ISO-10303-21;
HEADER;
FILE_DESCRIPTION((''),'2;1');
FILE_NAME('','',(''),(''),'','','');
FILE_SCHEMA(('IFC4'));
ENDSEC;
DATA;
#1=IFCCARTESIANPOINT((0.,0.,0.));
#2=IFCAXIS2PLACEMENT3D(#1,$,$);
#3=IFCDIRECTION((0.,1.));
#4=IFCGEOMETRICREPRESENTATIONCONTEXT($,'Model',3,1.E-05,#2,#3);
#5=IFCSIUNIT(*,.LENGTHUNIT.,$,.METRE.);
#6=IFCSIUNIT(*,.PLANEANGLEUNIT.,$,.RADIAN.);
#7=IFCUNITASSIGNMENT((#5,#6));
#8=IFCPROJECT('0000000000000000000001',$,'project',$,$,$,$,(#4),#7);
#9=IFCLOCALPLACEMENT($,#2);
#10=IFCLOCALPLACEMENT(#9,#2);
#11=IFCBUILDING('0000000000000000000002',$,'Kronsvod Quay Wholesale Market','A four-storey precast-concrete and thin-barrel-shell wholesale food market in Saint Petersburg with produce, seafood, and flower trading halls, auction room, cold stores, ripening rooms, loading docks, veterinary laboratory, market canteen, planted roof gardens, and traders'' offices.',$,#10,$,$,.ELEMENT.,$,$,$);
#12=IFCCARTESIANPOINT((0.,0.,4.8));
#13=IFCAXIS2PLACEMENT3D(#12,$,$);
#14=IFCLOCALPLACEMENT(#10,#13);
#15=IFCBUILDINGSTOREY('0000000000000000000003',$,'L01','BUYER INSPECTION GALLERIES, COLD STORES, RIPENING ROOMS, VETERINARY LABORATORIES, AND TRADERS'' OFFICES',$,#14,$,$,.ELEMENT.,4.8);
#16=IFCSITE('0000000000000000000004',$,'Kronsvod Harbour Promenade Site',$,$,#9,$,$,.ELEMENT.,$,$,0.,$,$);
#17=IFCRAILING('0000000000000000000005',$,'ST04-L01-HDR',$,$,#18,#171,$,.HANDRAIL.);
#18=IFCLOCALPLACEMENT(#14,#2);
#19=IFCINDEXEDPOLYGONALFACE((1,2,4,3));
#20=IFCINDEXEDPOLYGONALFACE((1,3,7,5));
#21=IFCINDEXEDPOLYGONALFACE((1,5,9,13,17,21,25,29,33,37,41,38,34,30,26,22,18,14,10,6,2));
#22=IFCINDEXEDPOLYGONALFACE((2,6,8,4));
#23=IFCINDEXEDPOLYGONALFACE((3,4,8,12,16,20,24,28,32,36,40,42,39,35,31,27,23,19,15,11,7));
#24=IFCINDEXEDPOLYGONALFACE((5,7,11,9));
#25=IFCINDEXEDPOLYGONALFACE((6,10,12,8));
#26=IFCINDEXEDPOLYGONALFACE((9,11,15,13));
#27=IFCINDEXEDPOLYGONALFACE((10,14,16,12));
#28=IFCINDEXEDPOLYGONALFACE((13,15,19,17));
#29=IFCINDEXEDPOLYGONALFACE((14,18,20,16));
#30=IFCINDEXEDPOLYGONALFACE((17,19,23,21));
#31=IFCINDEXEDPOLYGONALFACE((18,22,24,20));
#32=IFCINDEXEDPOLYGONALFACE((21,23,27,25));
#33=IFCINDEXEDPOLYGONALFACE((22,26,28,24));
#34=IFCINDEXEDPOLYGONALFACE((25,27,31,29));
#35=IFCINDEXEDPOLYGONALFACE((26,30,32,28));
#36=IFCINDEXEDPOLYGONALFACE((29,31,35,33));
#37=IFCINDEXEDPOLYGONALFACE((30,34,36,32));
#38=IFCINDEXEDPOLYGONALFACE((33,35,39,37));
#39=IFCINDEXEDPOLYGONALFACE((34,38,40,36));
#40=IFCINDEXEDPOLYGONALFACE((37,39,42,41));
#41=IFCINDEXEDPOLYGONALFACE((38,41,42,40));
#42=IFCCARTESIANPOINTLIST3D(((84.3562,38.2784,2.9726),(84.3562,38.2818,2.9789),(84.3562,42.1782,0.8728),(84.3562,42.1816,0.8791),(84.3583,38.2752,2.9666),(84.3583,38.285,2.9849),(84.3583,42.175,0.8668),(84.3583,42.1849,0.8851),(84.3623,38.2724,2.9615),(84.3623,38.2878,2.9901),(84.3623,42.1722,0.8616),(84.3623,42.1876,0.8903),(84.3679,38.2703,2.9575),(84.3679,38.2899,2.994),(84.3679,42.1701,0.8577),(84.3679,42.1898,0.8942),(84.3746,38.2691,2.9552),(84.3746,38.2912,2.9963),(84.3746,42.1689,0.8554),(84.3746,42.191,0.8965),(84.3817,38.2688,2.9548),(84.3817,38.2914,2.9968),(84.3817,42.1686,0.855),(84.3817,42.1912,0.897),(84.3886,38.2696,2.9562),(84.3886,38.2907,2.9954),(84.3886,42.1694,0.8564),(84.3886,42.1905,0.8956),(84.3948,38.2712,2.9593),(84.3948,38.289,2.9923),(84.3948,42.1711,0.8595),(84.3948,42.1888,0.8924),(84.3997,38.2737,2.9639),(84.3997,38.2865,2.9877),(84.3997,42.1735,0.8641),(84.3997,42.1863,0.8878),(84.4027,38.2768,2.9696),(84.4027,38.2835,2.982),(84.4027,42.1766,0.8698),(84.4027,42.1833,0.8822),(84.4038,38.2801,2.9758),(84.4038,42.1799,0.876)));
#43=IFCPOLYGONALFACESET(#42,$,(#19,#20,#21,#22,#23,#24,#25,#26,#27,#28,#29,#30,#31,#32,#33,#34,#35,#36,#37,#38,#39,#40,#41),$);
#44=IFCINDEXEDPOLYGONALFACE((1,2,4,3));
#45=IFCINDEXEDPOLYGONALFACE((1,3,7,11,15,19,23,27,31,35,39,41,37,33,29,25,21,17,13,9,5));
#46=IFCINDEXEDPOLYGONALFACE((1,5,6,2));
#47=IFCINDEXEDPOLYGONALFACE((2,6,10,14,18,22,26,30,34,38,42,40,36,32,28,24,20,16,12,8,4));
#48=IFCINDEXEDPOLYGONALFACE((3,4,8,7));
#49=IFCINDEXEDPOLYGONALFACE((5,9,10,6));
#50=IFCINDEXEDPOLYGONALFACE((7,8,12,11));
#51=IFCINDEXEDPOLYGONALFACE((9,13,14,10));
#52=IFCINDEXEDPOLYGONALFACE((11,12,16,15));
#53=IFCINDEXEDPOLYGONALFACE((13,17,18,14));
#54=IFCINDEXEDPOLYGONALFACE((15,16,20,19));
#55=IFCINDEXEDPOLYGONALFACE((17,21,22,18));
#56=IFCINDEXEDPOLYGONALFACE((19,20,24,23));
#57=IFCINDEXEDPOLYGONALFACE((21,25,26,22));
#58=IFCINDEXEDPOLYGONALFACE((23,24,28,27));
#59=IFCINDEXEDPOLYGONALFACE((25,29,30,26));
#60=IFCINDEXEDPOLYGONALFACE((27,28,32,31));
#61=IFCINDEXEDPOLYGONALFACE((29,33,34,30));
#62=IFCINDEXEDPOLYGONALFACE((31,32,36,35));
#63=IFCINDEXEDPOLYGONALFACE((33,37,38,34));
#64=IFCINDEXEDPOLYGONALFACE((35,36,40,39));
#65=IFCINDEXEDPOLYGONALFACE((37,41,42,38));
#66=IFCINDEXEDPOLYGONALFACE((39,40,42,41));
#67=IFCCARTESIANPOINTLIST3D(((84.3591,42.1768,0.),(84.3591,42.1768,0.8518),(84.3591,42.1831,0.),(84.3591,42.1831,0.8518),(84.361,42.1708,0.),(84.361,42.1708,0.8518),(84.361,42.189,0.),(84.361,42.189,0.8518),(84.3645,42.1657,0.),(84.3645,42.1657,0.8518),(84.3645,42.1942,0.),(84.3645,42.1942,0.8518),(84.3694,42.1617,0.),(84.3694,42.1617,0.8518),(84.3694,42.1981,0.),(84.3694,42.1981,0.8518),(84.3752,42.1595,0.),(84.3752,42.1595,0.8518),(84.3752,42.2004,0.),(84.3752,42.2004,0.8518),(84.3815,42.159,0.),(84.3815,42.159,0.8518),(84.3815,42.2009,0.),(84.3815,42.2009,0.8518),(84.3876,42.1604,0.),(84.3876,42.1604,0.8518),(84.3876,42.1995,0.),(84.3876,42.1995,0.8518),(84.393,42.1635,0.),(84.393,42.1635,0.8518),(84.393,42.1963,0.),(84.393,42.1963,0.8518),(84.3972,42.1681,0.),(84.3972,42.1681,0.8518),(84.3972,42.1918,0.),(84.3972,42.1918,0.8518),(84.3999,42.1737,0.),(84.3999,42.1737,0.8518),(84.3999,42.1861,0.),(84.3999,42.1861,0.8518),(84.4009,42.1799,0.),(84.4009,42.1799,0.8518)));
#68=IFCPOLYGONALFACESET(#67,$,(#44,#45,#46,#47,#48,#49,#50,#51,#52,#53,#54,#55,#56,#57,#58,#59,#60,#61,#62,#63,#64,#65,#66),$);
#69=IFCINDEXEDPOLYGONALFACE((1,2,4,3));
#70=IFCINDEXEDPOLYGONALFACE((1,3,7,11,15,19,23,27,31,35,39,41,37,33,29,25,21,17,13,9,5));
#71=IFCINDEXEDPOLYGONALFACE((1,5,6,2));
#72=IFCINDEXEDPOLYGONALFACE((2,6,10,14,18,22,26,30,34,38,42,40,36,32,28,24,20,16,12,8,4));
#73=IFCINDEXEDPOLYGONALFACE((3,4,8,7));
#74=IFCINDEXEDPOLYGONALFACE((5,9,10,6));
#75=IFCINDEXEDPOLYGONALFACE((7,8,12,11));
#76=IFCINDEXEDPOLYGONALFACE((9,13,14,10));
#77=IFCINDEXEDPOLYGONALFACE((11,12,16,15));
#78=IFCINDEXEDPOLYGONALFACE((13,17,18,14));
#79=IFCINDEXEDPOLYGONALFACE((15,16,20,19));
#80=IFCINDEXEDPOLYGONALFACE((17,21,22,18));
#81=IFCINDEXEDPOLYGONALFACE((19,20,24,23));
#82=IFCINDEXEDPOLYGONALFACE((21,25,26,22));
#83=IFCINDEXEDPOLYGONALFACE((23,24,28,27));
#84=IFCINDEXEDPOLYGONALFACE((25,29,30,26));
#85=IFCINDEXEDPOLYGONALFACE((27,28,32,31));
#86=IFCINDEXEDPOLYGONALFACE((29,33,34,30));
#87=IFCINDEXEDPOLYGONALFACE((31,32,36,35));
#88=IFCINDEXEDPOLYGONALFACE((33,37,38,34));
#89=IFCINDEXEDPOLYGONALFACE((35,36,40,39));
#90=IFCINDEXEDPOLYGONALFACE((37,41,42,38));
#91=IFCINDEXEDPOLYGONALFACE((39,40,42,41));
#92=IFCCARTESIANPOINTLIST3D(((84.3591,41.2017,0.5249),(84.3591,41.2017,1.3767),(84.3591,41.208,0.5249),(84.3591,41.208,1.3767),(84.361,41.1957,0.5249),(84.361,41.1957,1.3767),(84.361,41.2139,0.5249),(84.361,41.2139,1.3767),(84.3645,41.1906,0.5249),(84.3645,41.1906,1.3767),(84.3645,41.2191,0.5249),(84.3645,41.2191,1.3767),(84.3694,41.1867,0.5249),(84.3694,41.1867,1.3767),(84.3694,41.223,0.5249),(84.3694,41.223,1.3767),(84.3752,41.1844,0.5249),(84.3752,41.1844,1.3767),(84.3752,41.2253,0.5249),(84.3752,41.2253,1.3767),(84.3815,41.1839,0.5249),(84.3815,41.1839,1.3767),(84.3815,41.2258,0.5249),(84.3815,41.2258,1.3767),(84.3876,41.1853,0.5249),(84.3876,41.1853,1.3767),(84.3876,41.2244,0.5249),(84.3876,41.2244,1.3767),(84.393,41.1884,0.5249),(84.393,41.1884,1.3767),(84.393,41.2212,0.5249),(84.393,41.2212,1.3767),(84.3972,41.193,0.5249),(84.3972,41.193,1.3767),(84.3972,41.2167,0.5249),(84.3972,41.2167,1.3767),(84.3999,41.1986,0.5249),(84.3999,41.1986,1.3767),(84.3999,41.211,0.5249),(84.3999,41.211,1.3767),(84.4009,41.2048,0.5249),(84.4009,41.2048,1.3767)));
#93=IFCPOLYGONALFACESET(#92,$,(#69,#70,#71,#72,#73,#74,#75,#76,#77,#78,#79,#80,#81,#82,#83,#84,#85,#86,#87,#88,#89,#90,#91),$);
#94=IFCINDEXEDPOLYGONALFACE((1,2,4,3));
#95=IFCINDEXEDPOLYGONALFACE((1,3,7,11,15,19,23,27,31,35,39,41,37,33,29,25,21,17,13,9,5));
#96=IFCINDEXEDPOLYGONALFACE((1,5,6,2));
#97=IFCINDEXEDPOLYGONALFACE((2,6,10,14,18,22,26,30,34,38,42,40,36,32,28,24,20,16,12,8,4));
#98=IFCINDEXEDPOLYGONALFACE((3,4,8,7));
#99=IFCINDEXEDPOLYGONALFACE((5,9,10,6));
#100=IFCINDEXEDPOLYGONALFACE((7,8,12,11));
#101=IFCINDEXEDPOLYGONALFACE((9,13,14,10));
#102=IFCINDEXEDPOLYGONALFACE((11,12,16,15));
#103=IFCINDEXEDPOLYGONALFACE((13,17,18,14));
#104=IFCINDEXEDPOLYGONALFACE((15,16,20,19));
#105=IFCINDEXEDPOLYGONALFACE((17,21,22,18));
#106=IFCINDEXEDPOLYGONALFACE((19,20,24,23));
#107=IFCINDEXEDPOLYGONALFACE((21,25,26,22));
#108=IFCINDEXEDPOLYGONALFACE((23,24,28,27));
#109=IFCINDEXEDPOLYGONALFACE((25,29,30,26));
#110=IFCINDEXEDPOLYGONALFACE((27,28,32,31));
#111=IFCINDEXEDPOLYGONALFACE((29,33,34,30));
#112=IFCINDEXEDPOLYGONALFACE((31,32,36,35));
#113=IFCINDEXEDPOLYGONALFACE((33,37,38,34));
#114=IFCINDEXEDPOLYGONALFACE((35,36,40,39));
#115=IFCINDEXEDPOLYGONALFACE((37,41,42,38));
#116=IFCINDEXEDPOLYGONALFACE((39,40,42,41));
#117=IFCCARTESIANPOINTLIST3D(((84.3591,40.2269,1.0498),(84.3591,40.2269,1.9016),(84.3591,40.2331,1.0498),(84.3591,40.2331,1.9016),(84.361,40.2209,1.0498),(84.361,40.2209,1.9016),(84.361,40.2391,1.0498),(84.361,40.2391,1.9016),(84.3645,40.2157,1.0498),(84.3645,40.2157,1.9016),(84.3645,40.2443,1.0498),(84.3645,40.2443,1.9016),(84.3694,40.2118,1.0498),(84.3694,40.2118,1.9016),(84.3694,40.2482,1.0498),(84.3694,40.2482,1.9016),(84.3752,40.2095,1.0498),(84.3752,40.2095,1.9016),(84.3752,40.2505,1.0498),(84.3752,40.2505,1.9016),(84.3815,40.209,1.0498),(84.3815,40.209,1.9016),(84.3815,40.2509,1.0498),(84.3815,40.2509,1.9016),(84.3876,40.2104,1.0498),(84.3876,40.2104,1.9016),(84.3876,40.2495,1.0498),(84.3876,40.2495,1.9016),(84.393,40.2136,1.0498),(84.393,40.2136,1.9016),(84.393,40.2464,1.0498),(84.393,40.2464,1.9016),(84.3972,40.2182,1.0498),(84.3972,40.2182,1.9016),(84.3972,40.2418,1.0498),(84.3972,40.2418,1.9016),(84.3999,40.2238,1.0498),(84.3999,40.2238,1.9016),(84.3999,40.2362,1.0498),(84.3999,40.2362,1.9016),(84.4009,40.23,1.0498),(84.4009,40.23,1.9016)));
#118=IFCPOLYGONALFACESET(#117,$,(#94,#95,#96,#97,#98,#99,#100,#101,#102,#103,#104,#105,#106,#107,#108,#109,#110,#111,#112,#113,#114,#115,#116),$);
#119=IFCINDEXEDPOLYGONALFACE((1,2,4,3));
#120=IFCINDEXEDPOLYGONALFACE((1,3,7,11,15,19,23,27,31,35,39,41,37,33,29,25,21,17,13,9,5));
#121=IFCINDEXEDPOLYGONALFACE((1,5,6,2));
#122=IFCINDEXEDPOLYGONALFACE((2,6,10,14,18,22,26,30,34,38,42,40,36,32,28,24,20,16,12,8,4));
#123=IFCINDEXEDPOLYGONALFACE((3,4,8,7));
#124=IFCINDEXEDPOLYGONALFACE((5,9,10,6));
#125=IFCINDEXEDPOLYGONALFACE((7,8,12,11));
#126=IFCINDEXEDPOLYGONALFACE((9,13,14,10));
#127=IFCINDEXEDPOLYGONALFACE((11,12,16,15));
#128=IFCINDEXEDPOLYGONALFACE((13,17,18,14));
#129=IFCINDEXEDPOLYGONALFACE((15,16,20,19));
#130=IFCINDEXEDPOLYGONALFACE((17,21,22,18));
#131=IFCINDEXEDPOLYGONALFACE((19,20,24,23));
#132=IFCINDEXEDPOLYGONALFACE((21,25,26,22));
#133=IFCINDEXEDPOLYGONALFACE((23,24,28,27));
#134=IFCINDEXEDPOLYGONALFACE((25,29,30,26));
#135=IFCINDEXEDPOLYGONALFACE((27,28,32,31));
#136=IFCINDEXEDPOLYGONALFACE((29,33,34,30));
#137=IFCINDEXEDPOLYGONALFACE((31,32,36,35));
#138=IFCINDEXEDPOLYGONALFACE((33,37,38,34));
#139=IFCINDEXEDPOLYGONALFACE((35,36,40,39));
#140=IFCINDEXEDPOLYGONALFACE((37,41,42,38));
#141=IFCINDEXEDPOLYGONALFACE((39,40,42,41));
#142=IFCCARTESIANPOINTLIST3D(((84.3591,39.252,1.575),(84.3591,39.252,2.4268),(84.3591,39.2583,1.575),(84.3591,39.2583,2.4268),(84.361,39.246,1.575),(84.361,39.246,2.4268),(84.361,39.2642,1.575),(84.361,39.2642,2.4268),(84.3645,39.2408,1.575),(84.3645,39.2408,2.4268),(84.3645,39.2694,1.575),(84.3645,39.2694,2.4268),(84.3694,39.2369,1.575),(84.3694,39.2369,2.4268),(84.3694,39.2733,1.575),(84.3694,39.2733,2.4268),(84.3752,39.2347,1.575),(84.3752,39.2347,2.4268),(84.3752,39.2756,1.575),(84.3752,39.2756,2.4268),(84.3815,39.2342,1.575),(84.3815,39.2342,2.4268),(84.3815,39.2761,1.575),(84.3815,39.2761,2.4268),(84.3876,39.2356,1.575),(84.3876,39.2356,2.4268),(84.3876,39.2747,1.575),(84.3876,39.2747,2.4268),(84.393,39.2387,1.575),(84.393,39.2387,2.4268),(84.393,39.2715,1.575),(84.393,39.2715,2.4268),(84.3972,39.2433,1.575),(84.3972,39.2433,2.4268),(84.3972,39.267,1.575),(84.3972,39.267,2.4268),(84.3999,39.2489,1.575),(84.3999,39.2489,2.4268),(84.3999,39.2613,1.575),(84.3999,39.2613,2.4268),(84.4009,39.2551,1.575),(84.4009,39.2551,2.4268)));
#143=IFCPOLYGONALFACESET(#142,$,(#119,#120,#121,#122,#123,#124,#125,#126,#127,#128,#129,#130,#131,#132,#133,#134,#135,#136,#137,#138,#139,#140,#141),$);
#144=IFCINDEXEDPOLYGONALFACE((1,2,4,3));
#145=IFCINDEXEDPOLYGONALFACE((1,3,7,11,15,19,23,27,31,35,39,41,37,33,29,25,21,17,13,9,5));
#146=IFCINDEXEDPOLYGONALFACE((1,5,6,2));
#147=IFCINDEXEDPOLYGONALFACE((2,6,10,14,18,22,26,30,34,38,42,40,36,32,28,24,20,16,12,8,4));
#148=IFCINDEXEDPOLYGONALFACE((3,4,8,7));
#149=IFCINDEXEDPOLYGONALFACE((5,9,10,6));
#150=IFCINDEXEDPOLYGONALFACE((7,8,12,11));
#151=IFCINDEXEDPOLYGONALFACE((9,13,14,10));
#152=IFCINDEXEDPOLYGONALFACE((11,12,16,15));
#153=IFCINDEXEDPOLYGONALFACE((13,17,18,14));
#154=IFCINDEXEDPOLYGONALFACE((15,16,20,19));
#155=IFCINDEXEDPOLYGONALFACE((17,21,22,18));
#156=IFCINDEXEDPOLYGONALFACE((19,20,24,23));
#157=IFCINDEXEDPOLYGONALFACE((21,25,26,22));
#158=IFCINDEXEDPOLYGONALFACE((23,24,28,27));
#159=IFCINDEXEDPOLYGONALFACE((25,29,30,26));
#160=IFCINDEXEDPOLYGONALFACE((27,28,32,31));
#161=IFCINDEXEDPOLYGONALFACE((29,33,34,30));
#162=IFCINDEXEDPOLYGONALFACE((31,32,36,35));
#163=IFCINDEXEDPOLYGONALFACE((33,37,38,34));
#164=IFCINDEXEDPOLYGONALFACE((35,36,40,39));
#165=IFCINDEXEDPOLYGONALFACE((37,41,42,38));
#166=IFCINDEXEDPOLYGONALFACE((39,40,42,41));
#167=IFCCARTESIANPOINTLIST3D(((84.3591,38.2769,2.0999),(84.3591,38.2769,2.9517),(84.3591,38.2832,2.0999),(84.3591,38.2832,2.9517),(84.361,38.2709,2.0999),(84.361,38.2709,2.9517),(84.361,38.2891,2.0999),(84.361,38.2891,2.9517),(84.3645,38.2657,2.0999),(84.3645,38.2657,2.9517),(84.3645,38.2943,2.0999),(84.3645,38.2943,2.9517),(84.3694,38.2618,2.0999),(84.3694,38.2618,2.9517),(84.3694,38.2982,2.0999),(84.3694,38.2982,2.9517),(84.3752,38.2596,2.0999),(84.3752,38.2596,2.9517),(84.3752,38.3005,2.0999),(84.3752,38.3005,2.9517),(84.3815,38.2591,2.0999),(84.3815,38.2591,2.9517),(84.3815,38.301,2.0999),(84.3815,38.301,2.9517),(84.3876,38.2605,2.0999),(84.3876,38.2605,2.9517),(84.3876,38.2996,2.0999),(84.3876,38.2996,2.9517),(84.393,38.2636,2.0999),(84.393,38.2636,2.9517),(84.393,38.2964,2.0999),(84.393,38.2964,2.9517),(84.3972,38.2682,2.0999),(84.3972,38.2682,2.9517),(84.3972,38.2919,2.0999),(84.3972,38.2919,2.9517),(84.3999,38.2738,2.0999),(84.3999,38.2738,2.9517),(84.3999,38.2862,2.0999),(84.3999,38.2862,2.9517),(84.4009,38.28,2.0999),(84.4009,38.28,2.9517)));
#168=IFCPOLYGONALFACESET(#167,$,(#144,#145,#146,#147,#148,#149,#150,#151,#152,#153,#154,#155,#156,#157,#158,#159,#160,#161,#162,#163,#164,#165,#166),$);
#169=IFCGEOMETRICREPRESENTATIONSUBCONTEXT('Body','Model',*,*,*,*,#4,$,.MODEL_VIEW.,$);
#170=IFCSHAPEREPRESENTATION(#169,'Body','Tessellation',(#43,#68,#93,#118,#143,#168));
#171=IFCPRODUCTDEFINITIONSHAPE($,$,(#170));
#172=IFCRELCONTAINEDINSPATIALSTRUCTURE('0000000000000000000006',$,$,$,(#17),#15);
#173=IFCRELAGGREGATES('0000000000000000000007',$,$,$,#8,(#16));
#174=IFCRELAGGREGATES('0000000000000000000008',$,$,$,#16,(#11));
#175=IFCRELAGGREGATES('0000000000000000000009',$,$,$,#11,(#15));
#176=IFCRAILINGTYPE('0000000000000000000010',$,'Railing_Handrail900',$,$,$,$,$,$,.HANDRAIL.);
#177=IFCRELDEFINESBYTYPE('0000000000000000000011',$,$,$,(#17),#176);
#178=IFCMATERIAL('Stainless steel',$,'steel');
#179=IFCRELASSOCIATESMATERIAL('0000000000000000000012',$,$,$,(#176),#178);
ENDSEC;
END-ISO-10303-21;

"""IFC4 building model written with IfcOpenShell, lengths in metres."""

from ifc_helpers import new_model, si_unit, direction, frame, origin, origin_2d, place, context, subcontext, project, spatial, circle, extrude, material, type_object, element, save


model = new_model("IFC4")

# Units and contexts
model_context = context("Model", 3, precision=1e-05, world=origin(), true_north=direction((0.0, 1.0)))
body_context = subcontext(model_context, "Body", "Model", "MODEL_VIEW")
ifc_project = project(units=[si_unit("LENGTHUNIT", "METRE"), si_unit("PLANEANGLEUNIT", "RADIAN")], contexts=[model_context])

# Site, building, storey
site_placement = place(None, origin())
site = spatial("IfcSite", under=ifc_project, at=site_placement, Name="Kronsvod Harbour Promenade Site", CompositionType="ELEMENT", RefElevation=0.0)
building_placement = place(site_placement, origin())
building = spatial("IfcBuilding", under=site, at=building_placement, Name="Kronsvod Quay Wholesale Market", Description="A four-storey precast-concrete and thin-barrel-shell wholesale food market in Saint Petersburg with produce, seafood, and flower trading halls, auction room, cold stores, ripening rooms, loading docks, veterinary laboratory, market canteen, planted roof gardens, and traders' offices.", CompositionType="ELEMENT")
storey_placement = place(building_placement, frame((0.0, 0.0, 4.8)))
storey = spatial("IfcBuildingStorey", under=building, at=storey_placement, Name="L01", Description="BUYER INSPECTION GALLERIES, COLD STORES, RIPENING ROOMS, VETERINARY LABORATORIES, AND TRADERS' OFFICES", CompositionType="ELEMENT", Elevation=4.8)

# Railing
ifc_material_1 = material(Name="Stainless steel", Category="steel")
railing_type_1 = type_object("IfcRailingType", Name="Railing_Handrail900", PredefinedType="HANDRAIL", material=ifc_material_1)
railing_1_placement = place(storey_placement, frame((84.3799, 42.1799, 0.0)))
element("IfcRailing", 1, at=railing_1_placement, inside=storey, type_object=railing_type_1, Name="ST04-L01-HDR", PredefinedType="HANDRAIL", context=body_context, shape_type="SweptSolid", body=[
    extrude(circle(Radius=0.0239, at=origin_2d()), frame((0.0, 0.0, 0.876), z_axis=(0.0, -0.88048, 0.474083), x_axis=(1.0, 0.0, 0.0)), (0.0, 0.0, 1.0), 4.4292),
    extrude(circle(Radius=0.021, at=origin_2d()), origin(), (0.0, 0.0, 1.0), 0.8518),
    extrude(circle(Radius=0.021, at=origin_2d()), frame((0.0, -0.9751, 0.5249)), (0.0, 0.0, 1.0), 0.8518),
    extrude(circle(Radius=0.021, at=origin_2d()), frame((0.0, -1.95, 1.0498)), (0.0, 0.0, 1.0), 0.8518),
    extrude(circle(Radius=0.021, at=origin_2d()), frame((0.0, -2.9248, 1.575)), (0.0, 0.0, 1.0), 0.8518),
    extrude(circle(Radius=0.021, at=origin_2d()), frame((0.0, -3.8999, 2.0999)), (0.0, 0.0, 1.0), 0.8518),
])

save(model, "model.ifc")
